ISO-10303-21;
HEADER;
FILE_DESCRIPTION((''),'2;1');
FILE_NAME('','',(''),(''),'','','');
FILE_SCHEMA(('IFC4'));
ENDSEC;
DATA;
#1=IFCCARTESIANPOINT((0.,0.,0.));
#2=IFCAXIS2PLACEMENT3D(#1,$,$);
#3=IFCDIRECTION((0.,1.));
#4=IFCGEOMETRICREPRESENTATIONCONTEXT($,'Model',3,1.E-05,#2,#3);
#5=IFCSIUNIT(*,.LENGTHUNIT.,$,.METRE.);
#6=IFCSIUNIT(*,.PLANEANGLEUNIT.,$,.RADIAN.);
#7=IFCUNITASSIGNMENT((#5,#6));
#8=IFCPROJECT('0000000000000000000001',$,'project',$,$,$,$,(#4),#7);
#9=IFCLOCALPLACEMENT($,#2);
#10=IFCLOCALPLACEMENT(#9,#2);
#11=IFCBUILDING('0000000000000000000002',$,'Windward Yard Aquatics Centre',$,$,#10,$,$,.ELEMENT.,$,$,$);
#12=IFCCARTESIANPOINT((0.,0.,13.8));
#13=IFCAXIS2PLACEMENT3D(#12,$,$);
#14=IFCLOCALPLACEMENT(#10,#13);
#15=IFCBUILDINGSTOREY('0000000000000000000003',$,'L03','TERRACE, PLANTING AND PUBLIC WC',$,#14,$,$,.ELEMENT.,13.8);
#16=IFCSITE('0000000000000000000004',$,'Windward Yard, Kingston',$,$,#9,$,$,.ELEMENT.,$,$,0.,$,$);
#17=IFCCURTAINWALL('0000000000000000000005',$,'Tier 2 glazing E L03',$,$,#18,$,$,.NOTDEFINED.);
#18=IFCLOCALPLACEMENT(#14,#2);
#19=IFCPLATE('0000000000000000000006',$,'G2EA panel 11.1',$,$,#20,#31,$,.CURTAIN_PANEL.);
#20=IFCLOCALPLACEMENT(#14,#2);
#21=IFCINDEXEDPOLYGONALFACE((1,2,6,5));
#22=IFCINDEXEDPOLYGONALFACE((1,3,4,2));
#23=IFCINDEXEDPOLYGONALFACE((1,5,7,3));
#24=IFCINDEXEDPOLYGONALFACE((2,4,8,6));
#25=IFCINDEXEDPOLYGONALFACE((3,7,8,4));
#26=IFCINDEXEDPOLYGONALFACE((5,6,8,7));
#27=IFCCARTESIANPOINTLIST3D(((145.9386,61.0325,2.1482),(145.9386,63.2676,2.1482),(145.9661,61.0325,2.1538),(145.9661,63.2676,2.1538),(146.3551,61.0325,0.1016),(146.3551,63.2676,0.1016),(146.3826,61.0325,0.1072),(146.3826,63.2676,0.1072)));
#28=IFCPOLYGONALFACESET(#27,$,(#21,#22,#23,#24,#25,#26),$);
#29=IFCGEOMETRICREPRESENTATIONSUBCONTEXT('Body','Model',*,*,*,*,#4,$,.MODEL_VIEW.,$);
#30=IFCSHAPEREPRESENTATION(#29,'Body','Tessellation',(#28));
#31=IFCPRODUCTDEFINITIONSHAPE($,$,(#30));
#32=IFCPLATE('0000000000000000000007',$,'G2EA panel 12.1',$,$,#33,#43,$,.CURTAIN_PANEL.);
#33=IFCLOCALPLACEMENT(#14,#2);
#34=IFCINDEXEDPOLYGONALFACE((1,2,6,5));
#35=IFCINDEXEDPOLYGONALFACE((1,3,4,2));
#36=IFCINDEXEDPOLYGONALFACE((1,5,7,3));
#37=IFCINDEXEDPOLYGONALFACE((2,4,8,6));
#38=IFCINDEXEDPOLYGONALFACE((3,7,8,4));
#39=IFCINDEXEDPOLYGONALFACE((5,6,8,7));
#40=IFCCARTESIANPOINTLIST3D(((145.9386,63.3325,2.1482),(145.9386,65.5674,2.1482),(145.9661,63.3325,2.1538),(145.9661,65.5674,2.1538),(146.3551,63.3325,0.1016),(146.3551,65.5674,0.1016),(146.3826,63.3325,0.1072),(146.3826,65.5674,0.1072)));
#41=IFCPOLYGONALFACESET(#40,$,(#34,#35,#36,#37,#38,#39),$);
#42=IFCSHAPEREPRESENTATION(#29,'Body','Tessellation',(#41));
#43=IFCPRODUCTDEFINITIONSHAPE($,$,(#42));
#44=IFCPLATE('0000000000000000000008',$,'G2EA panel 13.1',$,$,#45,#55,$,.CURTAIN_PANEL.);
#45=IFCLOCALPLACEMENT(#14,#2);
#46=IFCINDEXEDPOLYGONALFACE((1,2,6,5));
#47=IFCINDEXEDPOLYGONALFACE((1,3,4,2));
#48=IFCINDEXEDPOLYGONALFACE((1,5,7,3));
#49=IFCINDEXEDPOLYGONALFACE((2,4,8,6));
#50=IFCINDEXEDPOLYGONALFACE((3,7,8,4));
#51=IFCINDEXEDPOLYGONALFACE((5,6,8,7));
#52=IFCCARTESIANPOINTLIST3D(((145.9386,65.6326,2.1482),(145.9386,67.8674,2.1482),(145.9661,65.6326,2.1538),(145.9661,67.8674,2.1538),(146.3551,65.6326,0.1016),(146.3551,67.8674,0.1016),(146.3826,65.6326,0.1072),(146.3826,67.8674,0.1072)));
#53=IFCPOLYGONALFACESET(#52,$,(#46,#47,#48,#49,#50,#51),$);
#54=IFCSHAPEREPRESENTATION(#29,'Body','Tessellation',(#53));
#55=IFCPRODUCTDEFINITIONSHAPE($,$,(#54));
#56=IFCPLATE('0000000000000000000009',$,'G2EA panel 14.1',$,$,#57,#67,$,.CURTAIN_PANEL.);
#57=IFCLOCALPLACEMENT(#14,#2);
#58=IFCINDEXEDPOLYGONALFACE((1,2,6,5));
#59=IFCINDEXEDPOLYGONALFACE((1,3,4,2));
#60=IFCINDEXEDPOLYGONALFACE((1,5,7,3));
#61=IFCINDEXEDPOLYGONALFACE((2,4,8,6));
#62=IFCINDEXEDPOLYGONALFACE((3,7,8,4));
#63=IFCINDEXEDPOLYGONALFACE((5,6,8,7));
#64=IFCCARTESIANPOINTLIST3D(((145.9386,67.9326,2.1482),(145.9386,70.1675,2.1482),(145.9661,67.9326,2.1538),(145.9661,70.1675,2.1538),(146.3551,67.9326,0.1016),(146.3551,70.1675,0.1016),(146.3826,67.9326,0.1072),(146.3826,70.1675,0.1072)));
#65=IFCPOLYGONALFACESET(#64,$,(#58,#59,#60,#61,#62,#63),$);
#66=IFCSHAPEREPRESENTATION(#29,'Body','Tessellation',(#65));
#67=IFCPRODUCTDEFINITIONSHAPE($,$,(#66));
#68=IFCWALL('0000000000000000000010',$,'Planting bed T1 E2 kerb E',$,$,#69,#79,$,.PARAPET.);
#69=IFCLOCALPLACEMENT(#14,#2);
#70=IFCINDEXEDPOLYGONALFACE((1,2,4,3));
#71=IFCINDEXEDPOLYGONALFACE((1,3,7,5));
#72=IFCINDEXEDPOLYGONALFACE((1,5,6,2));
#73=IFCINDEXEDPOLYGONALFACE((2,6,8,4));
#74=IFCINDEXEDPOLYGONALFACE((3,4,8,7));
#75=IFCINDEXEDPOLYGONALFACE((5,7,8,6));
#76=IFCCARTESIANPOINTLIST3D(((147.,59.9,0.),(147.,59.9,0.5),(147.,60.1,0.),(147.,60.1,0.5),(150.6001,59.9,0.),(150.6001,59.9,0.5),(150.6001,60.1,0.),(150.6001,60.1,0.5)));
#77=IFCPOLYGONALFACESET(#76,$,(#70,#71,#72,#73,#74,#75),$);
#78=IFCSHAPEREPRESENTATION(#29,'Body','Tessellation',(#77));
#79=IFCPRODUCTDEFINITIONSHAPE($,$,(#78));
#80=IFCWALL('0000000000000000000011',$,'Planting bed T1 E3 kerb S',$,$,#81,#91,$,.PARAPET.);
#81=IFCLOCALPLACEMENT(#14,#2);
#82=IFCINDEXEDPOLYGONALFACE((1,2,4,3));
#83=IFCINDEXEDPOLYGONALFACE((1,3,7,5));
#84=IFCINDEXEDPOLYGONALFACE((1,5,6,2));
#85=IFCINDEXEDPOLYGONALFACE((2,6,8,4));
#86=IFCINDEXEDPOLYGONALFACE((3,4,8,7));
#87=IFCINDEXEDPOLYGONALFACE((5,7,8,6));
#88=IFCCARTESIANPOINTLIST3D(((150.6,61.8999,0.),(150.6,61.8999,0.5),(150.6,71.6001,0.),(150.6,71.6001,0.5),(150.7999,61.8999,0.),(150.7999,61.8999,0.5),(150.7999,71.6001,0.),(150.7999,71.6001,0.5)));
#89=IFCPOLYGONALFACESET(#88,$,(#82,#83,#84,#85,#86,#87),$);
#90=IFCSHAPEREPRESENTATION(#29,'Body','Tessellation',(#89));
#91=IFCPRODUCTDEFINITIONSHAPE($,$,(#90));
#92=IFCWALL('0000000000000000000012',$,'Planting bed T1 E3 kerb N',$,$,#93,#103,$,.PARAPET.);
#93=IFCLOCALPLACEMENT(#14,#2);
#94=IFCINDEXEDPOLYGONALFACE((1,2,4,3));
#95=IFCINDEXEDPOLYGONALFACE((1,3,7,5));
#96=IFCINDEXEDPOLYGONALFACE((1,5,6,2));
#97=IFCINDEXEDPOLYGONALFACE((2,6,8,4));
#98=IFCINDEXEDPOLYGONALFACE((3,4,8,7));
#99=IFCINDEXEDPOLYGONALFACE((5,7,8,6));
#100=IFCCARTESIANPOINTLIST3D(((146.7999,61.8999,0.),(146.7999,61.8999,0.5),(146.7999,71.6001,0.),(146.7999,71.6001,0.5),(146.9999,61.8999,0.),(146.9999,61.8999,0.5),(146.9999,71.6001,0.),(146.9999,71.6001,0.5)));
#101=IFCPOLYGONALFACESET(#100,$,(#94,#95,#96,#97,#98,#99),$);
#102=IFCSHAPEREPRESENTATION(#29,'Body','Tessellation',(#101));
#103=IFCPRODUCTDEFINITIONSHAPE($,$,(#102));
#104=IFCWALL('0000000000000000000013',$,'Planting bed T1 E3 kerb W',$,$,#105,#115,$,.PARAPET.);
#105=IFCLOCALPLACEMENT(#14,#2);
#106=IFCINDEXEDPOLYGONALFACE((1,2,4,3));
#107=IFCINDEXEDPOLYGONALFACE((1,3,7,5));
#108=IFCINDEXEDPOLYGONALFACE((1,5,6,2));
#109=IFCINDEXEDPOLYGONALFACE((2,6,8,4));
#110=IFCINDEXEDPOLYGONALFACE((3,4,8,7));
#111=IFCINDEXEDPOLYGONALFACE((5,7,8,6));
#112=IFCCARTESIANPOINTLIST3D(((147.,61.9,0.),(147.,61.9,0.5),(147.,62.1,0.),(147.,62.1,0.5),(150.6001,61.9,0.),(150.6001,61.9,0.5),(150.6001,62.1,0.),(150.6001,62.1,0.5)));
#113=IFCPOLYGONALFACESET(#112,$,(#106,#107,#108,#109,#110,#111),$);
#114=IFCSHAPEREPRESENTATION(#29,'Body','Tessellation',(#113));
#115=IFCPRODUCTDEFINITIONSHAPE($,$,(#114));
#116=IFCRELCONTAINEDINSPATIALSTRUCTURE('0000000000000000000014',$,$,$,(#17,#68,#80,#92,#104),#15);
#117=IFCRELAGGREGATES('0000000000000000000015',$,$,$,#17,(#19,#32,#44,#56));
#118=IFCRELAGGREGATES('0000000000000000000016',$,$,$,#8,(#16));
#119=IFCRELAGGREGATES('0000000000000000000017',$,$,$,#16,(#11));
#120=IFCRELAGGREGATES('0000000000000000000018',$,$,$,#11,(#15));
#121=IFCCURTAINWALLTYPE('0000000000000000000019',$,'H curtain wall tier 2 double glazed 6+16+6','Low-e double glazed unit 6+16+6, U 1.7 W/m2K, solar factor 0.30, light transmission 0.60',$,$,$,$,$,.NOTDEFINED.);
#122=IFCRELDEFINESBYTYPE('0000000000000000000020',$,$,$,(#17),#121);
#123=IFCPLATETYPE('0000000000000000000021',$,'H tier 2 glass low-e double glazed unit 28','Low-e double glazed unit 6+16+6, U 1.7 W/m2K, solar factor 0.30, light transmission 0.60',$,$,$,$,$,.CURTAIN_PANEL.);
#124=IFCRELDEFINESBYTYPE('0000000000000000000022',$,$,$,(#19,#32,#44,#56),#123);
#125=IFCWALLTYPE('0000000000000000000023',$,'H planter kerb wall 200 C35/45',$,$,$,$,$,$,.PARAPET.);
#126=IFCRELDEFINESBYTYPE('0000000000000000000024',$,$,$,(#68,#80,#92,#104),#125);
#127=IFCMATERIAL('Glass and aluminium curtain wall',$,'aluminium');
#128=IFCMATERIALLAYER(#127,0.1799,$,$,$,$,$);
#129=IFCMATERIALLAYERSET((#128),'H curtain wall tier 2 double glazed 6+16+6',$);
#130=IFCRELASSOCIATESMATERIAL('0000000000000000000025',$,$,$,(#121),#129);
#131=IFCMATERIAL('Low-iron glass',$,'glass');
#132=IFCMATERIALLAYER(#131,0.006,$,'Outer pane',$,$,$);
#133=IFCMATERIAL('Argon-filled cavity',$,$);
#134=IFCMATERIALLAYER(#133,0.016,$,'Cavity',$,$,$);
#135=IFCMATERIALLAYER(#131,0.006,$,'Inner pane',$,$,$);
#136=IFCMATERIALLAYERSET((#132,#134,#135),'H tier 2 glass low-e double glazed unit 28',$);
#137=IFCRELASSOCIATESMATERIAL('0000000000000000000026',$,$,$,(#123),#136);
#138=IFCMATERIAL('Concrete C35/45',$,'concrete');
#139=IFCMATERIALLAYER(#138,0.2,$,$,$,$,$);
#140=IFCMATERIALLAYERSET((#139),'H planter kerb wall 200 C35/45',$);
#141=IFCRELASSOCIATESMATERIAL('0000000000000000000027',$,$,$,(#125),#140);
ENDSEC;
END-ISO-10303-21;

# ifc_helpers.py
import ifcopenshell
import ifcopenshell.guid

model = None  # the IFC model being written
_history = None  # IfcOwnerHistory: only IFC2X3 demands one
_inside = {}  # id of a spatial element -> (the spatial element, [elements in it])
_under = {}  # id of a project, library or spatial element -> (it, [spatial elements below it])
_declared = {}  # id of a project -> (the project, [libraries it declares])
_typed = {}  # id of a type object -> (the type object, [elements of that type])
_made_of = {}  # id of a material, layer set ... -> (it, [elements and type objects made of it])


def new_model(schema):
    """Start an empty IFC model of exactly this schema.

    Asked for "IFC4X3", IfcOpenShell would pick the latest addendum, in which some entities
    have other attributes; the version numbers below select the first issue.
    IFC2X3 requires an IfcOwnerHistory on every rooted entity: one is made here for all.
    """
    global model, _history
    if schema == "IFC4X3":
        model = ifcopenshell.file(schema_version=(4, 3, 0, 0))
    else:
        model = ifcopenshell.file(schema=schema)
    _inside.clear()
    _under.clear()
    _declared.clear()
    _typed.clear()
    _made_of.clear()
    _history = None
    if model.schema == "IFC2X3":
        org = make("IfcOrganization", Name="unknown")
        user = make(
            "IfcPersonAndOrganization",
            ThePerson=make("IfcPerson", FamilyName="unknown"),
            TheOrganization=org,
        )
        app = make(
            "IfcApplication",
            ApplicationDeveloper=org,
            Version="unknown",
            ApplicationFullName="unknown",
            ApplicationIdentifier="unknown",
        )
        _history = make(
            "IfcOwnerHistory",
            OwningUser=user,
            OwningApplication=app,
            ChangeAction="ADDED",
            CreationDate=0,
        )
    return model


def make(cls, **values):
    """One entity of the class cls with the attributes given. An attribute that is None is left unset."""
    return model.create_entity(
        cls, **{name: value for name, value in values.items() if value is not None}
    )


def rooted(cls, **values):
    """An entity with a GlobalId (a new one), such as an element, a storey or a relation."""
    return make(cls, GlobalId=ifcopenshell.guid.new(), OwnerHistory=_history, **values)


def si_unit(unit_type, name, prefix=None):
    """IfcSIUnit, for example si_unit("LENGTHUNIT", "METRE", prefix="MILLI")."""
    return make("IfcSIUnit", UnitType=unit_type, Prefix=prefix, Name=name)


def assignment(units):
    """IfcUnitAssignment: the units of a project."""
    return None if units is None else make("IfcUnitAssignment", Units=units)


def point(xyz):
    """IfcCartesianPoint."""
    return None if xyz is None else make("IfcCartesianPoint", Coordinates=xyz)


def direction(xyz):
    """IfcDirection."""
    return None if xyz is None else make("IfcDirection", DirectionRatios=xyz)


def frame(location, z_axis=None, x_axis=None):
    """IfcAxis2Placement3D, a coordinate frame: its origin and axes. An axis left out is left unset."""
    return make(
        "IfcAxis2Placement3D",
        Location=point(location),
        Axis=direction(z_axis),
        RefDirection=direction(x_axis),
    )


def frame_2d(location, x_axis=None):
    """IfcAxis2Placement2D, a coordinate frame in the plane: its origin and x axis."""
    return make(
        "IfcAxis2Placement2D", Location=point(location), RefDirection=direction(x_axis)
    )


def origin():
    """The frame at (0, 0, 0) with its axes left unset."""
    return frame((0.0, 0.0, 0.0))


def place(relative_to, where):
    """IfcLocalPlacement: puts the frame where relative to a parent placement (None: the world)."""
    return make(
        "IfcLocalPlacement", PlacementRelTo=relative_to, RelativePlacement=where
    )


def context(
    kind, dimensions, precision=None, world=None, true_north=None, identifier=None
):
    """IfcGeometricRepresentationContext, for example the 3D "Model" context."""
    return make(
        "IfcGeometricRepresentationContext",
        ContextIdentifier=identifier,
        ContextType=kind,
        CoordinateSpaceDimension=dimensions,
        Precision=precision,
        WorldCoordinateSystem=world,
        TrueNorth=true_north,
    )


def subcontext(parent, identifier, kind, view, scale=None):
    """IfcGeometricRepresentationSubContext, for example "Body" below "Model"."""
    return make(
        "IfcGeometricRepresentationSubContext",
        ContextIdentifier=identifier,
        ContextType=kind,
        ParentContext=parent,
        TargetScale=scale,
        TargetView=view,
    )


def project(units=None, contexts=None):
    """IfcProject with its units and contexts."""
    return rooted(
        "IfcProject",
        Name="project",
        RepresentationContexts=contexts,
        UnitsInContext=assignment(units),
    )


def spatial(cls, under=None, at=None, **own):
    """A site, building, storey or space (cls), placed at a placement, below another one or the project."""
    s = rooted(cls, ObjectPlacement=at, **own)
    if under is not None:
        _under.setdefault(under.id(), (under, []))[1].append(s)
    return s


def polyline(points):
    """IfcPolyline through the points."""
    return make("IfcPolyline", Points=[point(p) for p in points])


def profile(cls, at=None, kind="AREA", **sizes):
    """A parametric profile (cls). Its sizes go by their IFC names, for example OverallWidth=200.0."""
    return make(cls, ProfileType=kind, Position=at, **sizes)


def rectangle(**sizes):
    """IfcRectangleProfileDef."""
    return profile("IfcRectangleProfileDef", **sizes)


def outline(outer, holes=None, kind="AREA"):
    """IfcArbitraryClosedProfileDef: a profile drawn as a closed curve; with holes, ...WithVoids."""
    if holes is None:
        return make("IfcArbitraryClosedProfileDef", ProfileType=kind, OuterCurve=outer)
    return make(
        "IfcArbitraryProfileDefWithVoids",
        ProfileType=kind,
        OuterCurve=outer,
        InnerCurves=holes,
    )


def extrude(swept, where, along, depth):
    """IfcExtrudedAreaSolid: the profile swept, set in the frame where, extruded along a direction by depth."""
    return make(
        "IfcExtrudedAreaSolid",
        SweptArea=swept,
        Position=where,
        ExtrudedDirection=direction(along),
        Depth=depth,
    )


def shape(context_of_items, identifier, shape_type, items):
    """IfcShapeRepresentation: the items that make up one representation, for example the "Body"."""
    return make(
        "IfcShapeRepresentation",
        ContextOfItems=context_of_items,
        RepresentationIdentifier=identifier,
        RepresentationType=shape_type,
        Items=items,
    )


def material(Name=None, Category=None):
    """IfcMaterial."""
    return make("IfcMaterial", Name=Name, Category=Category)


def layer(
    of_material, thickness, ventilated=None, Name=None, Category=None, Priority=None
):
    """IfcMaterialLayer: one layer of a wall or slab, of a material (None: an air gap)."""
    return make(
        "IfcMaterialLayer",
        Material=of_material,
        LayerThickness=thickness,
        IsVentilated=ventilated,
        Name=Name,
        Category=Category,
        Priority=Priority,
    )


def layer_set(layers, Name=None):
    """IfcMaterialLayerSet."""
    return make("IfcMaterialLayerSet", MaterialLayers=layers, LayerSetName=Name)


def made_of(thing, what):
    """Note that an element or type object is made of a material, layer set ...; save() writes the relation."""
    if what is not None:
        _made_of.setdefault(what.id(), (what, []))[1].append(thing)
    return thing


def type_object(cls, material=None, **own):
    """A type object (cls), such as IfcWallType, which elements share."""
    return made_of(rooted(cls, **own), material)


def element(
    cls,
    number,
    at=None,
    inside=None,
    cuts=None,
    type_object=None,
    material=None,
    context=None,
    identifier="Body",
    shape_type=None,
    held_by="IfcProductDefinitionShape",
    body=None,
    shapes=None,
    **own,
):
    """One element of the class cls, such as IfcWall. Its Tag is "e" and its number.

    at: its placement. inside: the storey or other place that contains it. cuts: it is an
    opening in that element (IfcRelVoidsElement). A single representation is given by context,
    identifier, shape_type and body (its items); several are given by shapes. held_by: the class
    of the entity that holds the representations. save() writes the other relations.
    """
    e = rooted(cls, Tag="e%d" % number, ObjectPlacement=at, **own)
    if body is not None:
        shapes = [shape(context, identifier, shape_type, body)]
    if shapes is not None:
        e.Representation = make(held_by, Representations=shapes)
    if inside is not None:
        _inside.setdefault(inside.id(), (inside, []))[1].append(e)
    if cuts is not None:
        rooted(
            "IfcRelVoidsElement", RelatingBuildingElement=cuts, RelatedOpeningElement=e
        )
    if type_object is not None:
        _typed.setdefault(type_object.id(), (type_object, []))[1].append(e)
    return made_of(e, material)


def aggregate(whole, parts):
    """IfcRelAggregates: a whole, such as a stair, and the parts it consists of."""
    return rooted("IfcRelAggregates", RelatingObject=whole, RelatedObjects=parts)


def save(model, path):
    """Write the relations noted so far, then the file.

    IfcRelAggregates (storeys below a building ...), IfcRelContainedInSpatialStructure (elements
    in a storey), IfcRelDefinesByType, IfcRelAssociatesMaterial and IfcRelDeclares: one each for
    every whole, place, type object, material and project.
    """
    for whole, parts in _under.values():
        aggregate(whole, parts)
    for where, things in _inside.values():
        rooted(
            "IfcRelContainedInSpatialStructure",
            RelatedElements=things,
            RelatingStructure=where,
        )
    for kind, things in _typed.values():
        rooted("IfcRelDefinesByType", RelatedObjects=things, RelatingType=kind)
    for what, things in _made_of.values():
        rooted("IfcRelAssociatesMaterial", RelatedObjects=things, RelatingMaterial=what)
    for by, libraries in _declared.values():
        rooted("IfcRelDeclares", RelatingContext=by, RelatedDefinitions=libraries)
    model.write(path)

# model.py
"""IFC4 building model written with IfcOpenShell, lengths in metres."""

from ifc_helpers import new_model, si_unit, direction, frame, frame_2d, origin, place, context, subcontext, project, spatial, polyline, rectangle, outline, extrude, material, layer, layer_set, type_object, element, aggregate, save


model = new_model("IFC4")

# Units and contexts
model_context = context("Model", 3, precision=1e-05, world=origin(), true_north=direction((0.0, 1.0)))
body_context = subcontext(model_context, "Body", "Model", "MODEL_VIEW")
ifc_project = project(units=[si_unit("LENGTHUNIT", "METRE"), si_unit("PLANEANGLEUNIT", "RADIAN")], contexts=[model_context])

# Site, building, storey
site_placement = place(None, origin())
site = spatial("IfcSite", under=ifc_project, at=site_placement, Name="Windward Yard, Kingston", CompositionType="ELEMENT", RefElevation=0.0)
building_placement = place(site_placement, origin())
building = spatial("IfcBuilding", under=site, at=building_placement, Name="Windward Yard Aquatics Centre", CompositionType="ELEMENT")
storey_placement = place(building_placement, frame((0.0, 0.0, 13.8)))
storey = spatial("IfcBuildingStorey", under=building, at=storey_placement, Name="L03", Description="TERRACE, PLANTING AND PUBLIC WC", CompositionType="ELEMENT", Elevation=13.8)

# Curtain wall
ifc_material_1 = material(Name="Glass and aluminium curtain wall", Category="aluminium")
ifc_layer_1 = layer(ifc_material_1, 0.1799)
ifc_layer_set_1 = layer_set([ifc_layer_1], Name="H curtain wall tier 2 double glazed 6+16+6")
curtain_wall_type = type_object("IfcCurtainWallType", Name="H curtain wall tier 2 double glazed 6+16+6", Description="Low-e double glazed unit 6+16+6, U 1.7 W/m2K, solar factor 0.30, light transmission 0.60", PredefinedType="NOTDEFINED", material=ifc_layer_set_1)
curtain_wall_placement = place(storey_placement, origin())
curtain_wall = element("IfcCurtainWall", 1, at=curtain_wall_placement, inside=storey, type_object=curtain_wall_type, Name="Tier 2 glazing E L03", PredefinedType="NOTDEFINED")

# Plates
ifc_material_2 = material(Name="Low-iron glass", Category="glass")
ifc_layer_2 = layer(ifc_material_2, 0.006, Name="Outer pane")
ifc_material_3 = material(Name="Argon-filled cavity")
ifc_layer_3 = layer(ifc_material_3, 0.016, Name="Cavity")
ifc_layer_4 = layer(ifc_material_2, 0.006, Name="Inner pane")
ifc_layer_set_2 = layer_set([ifc_layer_2, ifc_layer_3, ifc_layer_4], Name="H tier 2 glass low-e double glazed unit 28")
plate_type = type_object("IfcPlateType", Name="H tier 2 glass low-e double glazed unit 28", Description="Low-e double glazed unit 6+16+6, U 1.7 W/m2K, solar factor 0.30, light transmission 0.60", PredefinedType="CURTAIN_PANEL", material=ifc_layer_set_2)
plate_1_placement = place(storey_placement, frame((145.9661, 61.0325, 2.1538), z_axis=(0.979914, 0.0, 0.199419), x_axis=(0.199419, 0.0, -0.979914)))
plate_1 = element("IfcPlate", 2, at=plate_1_placement, type_object=plate_type, Name="G2EA panel 11.1", PredefinedType="CURTAIN_PANEL", context=body_context, shape_type="SweptSolid", body=[
    extrude(outline(polyline([(0.0, 0.0), (2.0886, 0.0), (2.0886, 2.2351), (0.0, 2.2351), (0.0, 0.0)])), origin(), (0.0, 0.0, -1.0), 0.0281),
])
plate_2_placement = place(storey_placement, frame((145.9661, 63.3325, 2.1538), z_axis=(0.979914, 0.0, 0.199419), x_axis=(0.199419, 0.0, -0.979914)))
plate_2 = element("IfcPlate", 3, at=plate_2_placement, type_object=plate_type, Name="G2EA panel 12.1", PredefinedType="CURTAIN_PANEL", context=body_context, shape_type="SweptSolid", body=[
    extrude(outline(polyline([(0.0, 0.0), (2.0886, 0.0), (2.0886, 2.2349), (0.0, 2.2349), (0.0, 0.0)])), origin(), (0.0, 0.0, -1.0), 0.0281),
])
plate_3_placement = place(storey_placement, frame((145.9661, 65.6326, 2.1538), z_axis=(0.979914, 0.0, 0.199419), x_axis=(0.199419, 0.0, -0.979914)))
plate_3 = element("IfcPlate", 4, at=plate_3_placement, type_object=plate_type, Name="G2EA panel 13.1", PredefinedType="CURTAIN_PANEL", context=body_context, shape_type="SweptSolid", body=[
    extrude(outline(polyline([(0.0, 0.0), (2.0886, 0.0), (2.0886, 2.2349), (0.0, 2.2349), (0.0, 0.0)])), origin(), (0.0, 0.0, -1.0), 0.0281),
])
plate_4_placement = place(storey_placement, frame((145.9661, 67.9326, 2.1538), z_axis=(0.979914, 0.0, 0.199419), x_axis=(0.199419, 0.0, -0.979914)))
plate_4 = element("IfcPlate", 5, at=plate_4_placement, type_object=plate_type, Name="G2EA panel 14.1", PredefinedType="CURTAIN_PANEL", context=body_context, shape_type="SweptSolid", body=[
    extrude(outline(polyline([(0.0, 0.0), (2.0886, 0.0), (2.0886, 2.2349), (0.0, 2.2349), (0.0, 0.0)])), origin(), (0.0, 0.0, -1.0), 0.0281),
])
aggregate(curtain_wall, [plate_1, plate_2, plate_3, plate_4])

# Walls
ifc_material_4 = material(Name="Concrete C35/45", Category="concrete")
ifc_layer_5 = layer(ifc_material_4, 0.2)
ifc_layer_set_3 = layer_set([ifc_layer_5], Name="H planter kerb wall 200 C35/45")
wall_type = type_object("IfcWallType", Name="H planter kerb wall 200 C35/45", PredefinedType="PARAPET", material=ifc_layer_set_3)
wall_1_placement = place(storey_placement, frame((150.6001, 60.0, 0.0), z_axis=(0.0, 0.0, 1.0), x_axis=(-1.0, 0.0, 0.0)))
element("IfcWall", 6, at=wall_1_placement, inside=storey, type_object=wall_type, Name="Planting bed T1 E2 kerb E", PredefinedType="PARAPET", context=body_context, shape_type="SweptSolid", body=[
    extrude(rectangle(XDim=3.6001, YDim=0.2, at=frame_2d((1.8, 0.0))), origin(), (0.0, 0.0, 1.0), 0.5),
])
for number, where, z_axis, x_axis, name in (
    (7, (150.7, 61.8999, 0.0), (0.0, 0.0, 1.0), (0.0, 1.0, 0.0), "Planting bed T1 E3 kerb S"),
    (8, (146.8999, 61.8999, 0.0), (0.0, 0.0, 1.0), (0.0, 1.0, 0.0), "Planting bed T1 E3 kerb N"),
):
    element("IfcWall", number, at=place(storey_placement, frame(where, z_axis=z_axis, x_axis=x_axis)), inside=storey, type_object=wall_type, Name=name, PredefinedType="PARAPET", context=body_context, shape_type="SweptSolid", body=[
        extrude(rectangle(XDim=9.7002, YDim=0.2, at=frame_2d((4.8501, 0.0))), origin(), (0.0, 0.0, 1.0), 0.5),
    ])
wall_2_placement = place(storey_placement, frame((150.6001, 62.0, 0.0), z_axis=(0.0, 0.0, 1.0), x_axis=(-1.0, 0.0, 0.0)))
element("IfcWall", 9, at=wall_2_placement, inside=storey, type_object=wall_type, Name="Planting bed T1 E3 kerb W", PredefinedType="PARAPET", context=body_context, shape_type="SweptSolid", body=[
    extrude(rectangle(XDim=3.6001, YDim=0.2, at=frame_2d((1.8, 0.0))), origin(), (0.0, 0.0, 1.0), 0.5),
])

save(model, "model.ifc")
